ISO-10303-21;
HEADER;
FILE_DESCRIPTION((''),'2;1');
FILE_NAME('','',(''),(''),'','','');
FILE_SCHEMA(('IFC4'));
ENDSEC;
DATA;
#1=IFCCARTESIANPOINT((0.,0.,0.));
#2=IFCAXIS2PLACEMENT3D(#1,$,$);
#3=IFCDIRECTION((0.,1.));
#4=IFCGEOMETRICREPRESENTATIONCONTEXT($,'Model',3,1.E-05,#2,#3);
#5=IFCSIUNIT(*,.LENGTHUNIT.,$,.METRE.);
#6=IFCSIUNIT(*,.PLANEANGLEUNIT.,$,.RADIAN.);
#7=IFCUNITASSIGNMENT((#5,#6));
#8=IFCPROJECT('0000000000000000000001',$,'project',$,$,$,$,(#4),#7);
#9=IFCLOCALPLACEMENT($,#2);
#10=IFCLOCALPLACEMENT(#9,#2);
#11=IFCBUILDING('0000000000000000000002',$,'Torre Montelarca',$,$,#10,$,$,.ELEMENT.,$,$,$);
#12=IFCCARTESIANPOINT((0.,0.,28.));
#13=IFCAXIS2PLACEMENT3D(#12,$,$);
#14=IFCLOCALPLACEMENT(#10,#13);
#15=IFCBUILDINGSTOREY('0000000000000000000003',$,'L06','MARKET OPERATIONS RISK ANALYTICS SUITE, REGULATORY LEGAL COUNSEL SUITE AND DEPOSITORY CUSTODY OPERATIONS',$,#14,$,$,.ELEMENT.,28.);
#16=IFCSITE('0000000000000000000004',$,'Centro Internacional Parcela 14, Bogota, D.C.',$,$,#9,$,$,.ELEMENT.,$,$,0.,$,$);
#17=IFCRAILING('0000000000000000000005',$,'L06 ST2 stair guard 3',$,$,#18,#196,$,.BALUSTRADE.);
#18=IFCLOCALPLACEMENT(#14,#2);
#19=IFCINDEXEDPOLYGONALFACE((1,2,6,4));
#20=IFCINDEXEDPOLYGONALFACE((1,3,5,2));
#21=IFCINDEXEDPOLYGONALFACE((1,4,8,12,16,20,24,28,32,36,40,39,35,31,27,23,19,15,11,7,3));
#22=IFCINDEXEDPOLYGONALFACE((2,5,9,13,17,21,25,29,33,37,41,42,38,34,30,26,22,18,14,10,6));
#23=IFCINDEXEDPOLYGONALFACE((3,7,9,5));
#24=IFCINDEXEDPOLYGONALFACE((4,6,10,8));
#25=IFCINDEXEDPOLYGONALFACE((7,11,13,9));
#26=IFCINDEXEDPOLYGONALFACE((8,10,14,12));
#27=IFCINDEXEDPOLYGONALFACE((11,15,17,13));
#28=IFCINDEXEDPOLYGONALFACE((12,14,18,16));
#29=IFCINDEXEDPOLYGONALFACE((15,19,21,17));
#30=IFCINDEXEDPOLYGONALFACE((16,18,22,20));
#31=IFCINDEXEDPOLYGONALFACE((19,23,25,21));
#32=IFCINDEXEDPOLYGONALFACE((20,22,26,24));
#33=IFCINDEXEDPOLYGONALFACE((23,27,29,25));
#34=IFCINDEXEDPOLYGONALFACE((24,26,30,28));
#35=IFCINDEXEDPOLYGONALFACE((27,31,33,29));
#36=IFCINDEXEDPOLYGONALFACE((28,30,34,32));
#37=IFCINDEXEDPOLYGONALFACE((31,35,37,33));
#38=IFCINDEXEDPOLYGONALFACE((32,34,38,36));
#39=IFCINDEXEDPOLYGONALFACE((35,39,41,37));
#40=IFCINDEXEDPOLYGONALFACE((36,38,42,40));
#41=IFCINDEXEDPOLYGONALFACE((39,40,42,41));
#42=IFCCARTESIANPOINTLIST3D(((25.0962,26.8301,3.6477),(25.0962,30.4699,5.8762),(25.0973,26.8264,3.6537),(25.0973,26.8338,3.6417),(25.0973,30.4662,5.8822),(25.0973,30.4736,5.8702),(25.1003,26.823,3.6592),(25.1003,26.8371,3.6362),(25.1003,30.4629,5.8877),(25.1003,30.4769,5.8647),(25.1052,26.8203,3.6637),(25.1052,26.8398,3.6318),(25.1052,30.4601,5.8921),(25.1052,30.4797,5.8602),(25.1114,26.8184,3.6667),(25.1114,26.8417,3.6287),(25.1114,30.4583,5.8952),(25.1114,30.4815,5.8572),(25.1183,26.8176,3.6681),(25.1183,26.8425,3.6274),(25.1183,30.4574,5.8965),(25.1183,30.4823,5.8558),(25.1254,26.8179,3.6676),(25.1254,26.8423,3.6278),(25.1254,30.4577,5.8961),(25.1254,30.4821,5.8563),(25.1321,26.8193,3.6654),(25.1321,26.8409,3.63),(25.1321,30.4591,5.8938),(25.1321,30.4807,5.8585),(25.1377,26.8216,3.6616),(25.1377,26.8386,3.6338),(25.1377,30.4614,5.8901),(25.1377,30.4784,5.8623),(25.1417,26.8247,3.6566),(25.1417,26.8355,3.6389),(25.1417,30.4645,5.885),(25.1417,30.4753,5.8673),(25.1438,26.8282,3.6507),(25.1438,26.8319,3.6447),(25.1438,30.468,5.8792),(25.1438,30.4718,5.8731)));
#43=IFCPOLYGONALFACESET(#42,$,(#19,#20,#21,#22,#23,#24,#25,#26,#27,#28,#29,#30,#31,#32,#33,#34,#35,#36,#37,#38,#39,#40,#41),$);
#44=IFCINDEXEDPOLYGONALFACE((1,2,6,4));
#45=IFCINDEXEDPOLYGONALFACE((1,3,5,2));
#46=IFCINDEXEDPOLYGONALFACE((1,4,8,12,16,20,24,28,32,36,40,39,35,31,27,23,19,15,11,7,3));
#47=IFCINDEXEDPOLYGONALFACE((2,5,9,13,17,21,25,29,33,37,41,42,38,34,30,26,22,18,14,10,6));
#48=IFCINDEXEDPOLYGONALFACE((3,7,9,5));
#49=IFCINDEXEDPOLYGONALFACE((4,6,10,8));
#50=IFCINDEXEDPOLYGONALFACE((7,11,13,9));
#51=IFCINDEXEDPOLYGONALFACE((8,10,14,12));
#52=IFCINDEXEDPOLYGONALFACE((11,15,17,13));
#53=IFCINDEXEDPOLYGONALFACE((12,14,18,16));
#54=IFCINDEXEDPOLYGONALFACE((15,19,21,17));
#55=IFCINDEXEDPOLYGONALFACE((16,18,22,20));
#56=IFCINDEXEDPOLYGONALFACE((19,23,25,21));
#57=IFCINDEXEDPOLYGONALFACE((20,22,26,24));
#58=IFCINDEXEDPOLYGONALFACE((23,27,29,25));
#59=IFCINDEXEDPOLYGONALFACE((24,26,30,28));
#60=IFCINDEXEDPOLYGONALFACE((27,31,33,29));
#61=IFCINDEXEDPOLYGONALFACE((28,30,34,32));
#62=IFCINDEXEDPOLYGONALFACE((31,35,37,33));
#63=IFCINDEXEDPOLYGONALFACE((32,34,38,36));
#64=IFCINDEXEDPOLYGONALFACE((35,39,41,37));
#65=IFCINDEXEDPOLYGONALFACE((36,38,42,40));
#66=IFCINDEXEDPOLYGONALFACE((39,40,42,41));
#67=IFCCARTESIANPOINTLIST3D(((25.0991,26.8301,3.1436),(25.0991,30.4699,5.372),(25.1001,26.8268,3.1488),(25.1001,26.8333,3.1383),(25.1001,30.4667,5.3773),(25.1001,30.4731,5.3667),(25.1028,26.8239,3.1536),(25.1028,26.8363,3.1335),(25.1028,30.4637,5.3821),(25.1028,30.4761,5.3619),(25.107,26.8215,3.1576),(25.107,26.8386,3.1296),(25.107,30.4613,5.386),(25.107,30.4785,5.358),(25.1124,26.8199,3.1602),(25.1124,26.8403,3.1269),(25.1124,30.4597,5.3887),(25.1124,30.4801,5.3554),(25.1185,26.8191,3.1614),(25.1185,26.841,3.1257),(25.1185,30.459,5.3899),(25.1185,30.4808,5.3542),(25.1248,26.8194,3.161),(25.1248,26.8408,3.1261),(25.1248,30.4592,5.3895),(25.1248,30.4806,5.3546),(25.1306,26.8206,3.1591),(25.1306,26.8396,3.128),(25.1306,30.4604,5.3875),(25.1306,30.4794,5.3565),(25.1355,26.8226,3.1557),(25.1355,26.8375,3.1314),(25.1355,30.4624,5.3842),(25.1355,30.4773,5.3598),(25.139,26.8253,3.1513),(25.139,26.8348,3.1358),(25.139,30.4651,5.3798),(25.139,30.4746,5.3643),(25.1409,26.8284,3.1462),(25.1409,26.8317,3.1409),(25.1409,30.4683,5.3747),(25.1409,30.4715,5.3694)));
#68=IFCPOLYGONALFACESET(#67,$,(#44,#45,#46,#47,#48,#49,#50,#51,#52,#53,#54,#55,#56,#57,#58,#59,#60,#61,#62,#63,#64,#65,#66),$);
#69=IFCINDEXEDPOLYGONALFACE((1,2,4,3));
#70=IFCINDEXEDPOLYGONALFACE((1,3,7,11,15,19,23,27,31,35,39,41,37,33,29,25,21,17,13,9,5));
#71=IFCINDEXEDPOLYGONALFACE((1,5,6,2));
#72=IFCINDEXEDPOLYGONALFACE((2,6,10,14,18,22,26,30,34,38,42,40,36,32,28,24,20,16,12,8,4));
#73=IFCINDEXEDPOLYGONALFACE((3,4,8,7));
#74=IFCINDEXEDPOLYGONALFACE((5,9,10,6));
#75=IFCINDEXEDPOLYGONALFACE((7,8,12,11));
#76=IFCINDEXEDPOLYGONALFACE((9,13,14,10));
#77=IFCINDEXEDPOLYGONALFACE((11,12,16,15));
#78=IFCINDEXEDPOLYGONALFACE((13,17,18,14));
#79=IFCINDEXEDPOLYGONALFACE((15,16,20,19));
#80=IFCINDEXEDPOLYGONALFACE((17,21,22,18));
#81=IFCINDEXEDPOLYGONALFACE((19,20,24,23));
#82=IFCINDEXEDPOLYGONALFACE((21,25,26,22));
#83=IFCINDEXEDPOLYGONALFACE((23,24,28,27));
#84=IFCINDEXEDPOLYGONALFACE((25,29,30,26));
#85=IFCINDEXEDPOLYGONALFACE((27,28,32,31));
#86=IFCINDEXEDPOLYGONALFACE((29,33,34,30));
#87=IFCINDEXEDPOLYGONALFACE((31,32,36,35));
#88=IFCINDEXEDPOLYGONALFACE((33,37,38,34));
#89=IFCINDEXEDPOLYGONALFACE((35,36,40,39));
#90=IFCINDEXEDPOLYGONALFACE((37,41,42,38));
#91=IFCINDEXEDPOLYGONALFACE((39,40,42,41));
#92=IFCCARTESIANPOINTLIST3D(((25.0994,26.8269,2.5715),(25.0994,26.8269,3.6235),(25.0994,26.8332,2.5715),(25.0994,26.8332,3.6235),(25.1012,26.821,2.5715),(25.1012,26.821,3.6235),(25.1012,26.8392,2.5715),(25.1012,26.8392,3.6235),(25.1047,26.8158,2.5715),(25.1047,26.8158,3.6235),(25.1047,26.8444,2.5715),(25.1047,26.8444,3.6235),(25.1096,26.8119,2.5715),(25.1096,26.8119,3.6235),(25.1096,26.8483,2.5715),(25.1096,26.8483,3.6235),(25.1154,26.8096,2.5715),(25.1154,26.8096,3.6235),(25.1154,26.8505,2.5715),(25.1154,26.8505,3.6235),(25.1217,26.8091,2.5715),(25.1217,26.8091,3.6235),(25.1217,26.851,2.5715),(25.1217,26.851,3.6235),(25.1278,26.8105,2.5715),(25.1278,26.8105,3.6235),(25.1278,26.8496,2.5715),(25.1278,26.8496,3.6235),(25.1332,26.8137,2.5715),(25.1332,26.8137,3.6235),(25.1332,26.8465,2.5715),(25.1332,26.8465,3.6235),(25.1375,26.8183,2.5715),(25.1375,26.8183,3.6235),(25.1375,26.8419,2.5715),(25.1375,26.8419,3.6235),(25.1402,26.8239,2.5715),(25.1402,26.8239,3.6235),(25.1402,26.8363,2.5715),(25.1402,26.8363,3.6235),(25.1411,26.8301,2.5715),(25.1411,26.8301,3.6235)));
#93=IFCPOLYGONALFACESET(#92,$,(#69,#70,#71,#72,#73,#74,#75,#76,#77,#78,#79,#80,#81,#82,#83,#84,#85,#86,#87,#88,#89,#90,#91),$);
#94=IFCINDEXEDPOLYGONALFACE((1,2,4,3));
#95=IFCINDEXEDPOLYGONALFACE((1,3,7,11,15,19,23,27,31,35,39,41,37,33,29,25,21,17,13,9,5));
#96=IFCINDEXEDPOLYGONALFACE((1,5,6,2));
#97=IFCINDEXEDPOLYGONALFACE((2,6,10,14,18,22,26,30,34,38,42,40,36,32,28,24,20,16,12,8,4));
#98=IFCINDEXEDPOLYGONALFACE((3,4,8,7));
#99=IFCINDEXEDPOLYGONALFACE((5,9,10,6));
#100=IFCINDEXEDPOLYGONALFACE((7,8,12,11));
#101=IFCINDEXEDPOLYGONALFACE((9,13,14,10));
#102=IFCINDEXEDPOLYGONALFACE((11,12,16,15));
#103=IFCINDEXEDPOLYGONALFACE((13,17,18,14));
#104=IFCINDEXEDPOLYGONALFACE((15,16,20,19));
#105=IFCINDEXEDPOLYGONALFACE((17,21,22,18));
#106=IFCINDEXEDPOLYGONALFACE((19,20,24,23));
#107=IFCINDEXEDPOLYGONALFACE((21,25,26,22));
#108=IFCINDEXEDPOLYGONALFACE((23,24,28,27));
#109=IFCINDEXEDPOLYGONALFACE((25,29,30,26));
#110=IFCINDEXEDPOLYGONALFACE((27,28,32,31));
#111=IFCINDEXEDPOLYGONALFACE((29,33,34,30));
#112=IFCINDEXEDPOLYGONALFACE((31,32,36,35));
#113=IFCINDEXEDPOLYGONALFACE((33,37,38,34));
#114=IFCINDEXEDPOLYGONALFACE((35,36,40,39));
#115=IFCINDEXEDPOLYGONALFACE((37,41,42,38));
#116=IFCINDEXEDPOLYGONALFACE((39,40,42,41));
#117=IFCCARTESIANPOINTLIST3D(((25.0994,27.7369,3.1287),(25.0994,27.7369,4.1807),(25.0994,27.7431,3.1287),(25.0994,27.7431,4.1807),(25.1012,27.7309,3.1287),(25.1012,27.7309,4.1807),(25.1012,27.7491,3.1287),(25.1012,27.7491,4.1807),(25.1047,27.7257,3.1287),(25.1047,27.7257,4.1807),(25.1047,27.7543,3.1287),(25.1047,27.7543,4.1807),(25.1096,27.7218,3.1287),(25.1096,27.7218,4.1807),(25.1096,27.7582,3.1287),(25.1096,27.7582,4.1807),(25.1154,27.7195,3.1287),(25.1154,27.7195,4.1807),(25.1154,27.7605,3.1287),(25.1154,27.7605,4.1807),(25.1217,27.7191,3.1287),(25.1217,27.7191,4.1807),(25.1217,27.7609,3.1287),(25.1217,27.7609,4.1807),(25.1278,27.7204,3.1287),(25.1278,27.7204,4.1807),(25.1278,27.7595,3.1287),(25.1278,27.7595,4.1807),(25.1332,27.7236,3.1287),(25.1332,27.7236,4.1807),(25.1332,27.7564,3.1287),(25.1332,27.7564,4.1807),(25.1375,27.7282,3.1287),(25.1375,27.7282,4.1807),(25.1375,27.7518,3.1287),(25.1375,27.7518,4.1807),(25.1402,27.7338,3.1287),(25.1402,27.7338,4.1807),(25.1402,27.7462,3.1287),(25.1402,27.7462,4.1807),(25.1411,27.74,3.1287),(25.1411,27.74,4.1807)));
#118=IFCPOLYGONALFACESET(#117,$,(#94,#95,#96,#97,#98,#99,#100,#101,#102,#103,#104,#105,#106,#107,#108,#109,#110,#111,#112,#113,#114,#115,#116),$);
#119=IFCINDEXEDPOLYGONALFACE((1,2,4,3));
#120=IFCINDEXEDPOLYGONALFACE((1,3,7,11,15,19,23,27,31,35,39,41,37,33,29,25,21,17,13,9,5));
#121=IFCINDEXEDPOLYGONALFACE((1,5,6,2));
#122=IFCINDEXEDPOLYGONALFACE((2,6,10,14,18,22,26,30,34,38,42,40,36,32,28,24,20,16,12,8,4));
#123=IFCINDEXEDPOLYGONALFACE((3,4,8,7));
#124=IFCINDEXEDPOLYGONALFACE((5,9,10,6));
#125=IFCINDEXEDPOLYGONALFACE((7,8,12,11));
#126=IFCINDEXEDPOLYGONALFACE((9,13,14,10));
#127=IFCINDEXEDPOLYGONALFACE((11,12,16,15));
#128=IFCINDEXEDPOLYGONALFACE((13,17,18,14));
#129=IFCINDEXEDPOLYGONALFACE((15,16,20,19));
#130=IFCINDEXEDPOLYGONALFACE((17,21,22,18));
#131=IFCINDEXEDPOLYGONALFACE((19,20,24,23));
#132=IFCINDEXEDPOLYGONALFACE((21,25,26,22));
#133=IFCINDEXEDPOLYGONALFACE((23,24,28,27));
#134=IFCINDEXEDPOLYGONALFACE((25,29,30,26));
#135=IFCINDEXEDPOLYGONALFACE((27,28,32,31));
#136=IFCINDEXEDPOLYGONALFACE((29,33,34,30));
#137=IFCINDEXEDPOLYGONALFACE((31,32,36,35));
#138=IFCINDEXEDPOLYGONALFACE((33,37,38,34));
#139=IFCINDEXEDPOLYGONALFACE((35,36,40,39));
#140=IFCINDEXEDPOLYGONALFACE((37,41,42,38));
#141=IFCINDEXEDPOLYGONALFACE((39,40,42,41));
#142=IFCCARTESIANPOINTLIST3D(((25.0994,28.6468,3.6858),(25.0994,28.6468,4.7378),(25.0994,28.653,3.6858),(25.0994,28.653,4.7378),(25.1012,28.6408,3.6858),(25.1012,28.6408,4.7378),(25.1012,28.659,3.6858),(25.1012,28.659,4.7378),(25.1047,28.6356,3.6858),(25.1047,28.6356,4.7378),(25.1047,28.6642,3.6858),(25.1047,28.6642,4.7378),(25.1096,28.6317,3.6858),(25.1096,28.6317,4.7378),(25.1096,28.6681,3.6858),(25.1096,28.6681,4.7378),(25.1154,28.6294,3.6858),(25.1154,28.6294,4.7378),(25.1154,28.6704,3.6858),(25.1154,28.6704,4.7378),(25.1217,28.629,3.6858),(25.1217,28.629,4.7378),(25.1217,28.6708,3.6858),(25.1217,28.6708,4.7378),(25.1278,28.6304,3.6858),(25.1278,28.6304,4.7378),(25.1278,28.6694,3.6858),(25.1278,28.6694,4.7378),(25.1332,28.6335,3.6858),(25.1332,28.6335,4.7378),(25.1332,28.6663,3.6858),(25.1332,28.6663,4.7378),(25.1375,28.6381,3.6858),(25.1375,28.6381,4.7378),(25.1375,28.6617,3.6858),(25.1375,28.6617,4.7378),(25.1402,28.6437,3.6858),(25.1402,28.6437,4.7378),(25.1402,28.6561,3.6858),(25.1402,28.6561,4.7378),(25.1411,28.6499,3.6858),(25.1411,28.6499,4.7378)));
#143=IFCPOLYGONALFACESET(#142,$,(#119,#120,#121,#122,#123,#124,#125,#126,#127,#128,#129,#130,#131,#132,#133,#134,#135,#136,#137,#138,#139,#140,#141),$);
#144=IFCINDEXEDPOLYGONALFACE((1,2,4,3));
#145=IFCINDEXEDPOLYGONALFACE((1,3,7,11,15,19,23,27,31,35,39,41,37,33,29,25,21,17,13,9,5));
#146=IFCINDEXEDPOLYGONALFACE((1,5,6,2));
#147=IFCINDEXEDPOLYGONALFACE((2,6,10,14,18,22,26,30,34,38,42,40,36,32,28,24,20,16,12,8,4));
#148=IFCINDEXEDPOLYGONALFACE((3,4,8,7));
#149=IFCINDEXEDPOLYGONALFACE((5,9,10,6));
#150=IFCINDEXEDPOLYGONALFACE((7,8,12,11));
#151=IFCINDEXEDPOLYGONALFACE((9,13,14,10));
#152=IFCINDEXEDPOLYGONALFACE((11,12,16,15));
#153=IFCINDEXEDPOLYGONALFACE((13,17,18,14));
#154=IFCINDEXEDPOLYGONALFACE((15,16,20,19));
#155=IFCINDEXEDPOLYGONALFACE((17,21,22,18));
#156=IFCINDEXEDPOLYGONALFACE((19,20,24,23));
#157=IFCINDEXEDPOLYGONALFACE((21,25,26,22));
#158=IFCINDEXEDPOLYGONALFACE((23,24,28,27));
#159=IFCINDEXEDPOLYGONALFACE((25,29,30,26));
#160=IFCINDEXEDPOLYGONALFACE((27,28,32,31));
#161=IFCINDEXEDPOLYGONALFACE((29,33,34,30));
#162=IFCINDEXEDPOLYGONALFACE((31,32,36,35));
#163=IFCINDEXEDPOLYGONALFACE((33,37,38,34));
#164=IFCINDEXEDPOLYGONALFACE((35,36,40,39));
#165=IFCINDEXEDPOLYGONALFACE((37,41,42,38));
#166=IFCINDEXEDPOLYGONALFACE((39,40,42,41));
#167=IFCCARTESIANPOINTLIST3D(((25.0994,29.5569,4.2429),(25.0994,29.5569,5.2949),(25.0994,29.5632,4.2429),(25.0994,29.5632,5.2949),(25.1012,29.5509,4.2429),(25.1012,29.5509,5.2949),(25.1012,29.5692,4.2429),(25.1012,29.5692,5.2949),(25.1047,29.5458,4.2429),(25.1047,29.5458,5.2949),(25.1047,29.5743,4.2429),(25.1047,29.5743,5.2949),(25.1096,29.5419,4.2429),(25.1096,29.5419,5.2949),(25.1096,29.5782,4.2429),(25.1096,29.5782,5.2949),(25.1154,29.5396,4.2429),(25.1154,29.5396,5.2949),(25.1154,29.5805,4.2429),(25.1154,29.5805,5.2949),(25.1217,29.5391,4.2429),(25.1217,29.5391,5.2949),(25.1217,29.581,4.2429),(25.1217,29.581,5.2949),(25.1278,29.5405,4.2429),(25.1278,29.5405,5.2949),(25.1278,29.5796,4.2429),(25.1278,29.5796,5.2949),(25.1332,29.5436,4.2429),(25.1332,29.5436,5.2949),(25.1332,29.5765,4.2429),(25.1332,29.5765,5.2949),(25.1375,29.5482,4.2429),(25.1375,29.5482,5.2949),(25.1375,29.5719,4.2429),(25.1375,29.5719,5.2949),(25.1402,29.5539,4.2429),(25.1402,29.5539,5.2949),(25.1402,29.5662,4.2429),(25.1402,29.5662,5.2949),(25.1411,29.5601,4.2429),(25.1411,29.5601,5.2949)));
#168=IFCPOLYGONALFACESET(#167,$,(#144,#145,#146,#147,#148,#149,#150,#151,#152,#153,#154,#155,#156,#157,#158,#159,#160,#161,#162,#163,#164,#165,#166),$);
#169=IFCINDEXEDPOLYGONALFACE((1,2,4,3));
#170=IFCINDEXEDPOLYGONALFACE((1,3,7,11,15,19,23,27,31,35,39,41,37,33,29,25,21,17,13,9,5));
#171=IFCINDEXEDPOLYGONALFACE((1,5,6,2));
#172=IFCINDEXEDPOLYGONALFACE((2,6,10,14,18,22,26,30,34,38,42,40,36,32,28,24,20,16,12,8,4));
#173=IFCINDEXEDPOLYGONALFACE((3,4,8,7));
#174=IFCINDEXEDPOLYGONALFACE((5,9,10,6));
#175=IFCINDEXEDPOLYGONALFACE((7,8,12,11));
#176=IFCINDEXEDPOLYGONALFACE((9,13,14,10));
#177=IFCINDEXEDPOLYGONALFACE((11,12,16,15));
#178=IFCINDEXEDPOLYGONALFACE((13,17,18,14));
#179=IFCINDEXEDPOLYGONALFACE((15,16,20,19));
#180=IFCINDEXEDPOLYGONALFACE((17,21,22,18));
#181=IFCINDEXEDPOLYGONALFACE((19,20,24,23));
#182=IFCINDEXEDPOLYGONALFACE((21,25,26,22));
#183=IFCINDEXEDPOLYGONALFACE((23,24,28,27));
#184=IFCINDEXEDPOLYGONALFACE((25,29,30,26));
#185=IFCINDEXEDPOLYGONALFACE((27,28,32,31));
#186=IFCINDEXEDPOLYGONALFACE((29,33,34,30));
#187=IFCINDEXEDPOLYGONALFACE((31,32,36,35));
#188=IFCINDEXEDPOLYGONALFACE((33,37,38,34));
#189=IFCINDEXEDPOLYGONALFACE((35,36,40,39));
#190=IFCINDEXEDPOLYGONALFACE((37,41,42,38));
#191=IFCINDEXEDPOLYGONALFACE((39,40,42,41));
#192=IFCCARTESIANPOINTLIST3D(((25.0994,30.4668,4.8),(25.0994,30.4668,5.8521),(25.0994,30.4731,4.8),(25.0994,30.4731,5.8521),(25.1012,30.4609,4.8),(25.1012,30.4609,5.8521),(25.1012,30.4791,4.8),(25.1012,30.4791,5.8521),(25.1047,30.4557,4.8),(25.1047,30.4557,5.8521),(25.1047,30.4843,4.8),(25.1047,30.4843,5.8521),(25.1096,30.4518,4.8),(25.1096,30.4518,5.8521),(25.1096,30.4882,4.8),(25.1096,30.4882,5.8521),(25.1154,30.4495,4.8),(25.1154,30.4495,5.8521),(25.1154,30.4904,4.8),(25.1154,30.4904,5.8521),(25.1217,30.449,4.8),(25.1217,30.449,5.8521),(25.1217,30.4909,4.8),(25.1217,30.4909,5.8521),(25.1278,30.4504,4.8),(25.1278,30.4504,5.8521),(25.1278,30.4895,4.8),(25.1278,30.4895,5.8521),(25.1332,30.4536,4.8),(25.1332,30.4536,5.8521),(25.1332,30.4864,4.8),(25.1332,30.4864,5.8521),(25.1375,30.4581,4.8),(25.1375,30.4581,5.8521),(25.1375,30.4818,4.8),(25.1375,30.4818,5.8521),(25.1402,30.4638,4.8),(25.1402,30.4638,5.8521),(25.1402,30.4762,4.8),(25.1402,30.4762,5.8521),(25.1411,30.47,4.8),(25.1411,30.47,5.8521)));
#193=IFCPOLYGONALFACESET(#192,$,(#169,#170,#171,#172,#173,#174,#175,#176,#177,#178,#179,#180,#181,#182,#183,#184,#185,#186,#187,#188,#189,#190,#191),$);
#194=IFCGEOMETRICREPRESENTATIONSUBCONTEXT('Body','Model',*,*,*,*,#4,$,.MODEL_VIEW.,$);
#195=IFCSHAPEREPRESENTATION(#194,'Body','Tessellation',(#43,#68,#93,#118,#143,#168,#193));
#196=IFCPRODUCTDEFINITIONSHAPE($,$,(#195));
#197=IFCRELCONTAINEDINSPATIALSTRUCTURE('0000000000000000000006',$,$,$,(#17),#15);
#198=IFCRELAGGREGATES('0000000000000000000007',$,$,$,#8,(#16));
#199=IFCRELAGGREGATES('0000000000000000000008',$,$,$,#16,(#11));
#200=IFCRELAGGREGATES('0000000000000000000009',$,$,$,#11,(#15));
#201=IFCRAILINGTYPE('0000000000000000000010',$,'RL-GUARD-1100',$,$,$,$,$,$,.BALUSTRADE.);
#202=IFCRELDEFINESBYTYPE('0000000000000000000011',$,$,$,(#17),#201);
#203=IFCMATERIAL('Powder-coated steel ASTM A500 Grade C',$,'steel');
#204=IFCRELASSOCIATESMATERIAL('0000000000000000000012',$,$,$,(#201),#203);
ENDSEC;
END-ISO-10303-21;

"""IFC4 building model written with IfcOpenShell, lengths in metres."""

from ifc_helpers import new_model, si_unit, direction, frame, origin, origin_2d, place, context, subcontext, project, spatial, circle, extrude, material, type_object, element, save


model = new_model("IFC4")

# Units and contexts
model_context = context("Model", 3, precision=1e-05, world=origin(), true_north=direction((0.0, 1.0)))
body_context = subcontext(model_context, "Body", "Model", "MODEL_VIEW")
ifc_project = project(units=[si_unit("LENGTHUNIT", "METRE"), si_unit("PLANEANGLEUNIT", "RADIAN")], contexts=[model_context])

# Site, building, storey
site_placement = place(None, origin())
site = spatial("IfcSite", under=ifc_project, at=site_placement, Name="Centro Internacional Parcela 14, Bogota, D.C.", CompositionType="ELEMENT", RefElevation=0.0)
building_placement = place(site_placement, origin())
building = spatial("IfcBuilding", under=site, at=building_placement, Name="Torre Montelarca", CompositionType="ELEMENT")
storey_placement = place(building_placement, frame((0.0, 0.0, 28.0)))
storey = spatial("IfcBuildingStorey", under=building, at=storey_placement, Name="L06", Description="MARKET OPERATIONS RISK ANALYTICS SUITE, REGULATORY LEGAL COUNSEL SUITE AND DEPOSITORY CUSTODY OPERATIONS", CompositionType="ELEMENT", Elevation=28.0)

# Railing
ifc_material_1 = material(Name="Powder-coated steel ASTM A500 Grade C", Category="steel")
railing_type_1 = type_object("IfcRailingType", Name="RL-GUARD-1100", PredefinedType="BALUSTRADE", material=ifc_material_1)
railing_1_placement = place(storey_placement, frame((25.1201, 26.8301, 2.5715)))
element("IfcRailing", 1, at=railing_1_placement, inside=storey, type_object=railing_type_1, Name="L06 ST2 stair guard 3", PredefinedType="BALUSTRADE", context=body_context, shape_type="SweptSolid", body=[
    extrude(circle(Radius=0.0239, at=origin_2d()), frame((0.0, 0.0, 1.0762), z_axis=(0.0, 0.85285, 0.522156), x_axis=(-1.0, 0.0, 0.0)), (0.0, 0.0, 1.0), 4.2678),
    extrude(circle(Radius=0.021, at=origin_2d()), frame((0.0, 0.0, 0.572), z_axis=(0.0, 0.85285, 0.522156), x_axis=(-1.0, 0.0, 0.0)), (0.0, 0.0, 1.0), 4.2678),
    extrude(circle(Radius=0.021, at=origin_2d()), origin(), (0.0, 0.0, 1.0), 1.052),
    extrude(circle(Radius=0.021, at=origin_2d()), frame((0.0, 0.9099, 0.5571)), (0.0, 0.0, 1.0), 1.052),
    extrude(circle(Radius=0.021, at=origin_2d()), frame((0.0, 1.8198, 1.1143)), (0.0, 0.0, 1.0), 1.052),
    extrude(circle(Radius=0.021, at=origin_2d()), frame((0.0, 2.73, 1.6714)), (0.0, 0.0, 1.0), 1.052),
    extrude(circle(Radius=0.021, at=origin_2d()), frame((0.0, 3.6399, 2.2285)), (0.0, 0.0, 1.0), 1.052),
])

save(model, "model.ifc")
